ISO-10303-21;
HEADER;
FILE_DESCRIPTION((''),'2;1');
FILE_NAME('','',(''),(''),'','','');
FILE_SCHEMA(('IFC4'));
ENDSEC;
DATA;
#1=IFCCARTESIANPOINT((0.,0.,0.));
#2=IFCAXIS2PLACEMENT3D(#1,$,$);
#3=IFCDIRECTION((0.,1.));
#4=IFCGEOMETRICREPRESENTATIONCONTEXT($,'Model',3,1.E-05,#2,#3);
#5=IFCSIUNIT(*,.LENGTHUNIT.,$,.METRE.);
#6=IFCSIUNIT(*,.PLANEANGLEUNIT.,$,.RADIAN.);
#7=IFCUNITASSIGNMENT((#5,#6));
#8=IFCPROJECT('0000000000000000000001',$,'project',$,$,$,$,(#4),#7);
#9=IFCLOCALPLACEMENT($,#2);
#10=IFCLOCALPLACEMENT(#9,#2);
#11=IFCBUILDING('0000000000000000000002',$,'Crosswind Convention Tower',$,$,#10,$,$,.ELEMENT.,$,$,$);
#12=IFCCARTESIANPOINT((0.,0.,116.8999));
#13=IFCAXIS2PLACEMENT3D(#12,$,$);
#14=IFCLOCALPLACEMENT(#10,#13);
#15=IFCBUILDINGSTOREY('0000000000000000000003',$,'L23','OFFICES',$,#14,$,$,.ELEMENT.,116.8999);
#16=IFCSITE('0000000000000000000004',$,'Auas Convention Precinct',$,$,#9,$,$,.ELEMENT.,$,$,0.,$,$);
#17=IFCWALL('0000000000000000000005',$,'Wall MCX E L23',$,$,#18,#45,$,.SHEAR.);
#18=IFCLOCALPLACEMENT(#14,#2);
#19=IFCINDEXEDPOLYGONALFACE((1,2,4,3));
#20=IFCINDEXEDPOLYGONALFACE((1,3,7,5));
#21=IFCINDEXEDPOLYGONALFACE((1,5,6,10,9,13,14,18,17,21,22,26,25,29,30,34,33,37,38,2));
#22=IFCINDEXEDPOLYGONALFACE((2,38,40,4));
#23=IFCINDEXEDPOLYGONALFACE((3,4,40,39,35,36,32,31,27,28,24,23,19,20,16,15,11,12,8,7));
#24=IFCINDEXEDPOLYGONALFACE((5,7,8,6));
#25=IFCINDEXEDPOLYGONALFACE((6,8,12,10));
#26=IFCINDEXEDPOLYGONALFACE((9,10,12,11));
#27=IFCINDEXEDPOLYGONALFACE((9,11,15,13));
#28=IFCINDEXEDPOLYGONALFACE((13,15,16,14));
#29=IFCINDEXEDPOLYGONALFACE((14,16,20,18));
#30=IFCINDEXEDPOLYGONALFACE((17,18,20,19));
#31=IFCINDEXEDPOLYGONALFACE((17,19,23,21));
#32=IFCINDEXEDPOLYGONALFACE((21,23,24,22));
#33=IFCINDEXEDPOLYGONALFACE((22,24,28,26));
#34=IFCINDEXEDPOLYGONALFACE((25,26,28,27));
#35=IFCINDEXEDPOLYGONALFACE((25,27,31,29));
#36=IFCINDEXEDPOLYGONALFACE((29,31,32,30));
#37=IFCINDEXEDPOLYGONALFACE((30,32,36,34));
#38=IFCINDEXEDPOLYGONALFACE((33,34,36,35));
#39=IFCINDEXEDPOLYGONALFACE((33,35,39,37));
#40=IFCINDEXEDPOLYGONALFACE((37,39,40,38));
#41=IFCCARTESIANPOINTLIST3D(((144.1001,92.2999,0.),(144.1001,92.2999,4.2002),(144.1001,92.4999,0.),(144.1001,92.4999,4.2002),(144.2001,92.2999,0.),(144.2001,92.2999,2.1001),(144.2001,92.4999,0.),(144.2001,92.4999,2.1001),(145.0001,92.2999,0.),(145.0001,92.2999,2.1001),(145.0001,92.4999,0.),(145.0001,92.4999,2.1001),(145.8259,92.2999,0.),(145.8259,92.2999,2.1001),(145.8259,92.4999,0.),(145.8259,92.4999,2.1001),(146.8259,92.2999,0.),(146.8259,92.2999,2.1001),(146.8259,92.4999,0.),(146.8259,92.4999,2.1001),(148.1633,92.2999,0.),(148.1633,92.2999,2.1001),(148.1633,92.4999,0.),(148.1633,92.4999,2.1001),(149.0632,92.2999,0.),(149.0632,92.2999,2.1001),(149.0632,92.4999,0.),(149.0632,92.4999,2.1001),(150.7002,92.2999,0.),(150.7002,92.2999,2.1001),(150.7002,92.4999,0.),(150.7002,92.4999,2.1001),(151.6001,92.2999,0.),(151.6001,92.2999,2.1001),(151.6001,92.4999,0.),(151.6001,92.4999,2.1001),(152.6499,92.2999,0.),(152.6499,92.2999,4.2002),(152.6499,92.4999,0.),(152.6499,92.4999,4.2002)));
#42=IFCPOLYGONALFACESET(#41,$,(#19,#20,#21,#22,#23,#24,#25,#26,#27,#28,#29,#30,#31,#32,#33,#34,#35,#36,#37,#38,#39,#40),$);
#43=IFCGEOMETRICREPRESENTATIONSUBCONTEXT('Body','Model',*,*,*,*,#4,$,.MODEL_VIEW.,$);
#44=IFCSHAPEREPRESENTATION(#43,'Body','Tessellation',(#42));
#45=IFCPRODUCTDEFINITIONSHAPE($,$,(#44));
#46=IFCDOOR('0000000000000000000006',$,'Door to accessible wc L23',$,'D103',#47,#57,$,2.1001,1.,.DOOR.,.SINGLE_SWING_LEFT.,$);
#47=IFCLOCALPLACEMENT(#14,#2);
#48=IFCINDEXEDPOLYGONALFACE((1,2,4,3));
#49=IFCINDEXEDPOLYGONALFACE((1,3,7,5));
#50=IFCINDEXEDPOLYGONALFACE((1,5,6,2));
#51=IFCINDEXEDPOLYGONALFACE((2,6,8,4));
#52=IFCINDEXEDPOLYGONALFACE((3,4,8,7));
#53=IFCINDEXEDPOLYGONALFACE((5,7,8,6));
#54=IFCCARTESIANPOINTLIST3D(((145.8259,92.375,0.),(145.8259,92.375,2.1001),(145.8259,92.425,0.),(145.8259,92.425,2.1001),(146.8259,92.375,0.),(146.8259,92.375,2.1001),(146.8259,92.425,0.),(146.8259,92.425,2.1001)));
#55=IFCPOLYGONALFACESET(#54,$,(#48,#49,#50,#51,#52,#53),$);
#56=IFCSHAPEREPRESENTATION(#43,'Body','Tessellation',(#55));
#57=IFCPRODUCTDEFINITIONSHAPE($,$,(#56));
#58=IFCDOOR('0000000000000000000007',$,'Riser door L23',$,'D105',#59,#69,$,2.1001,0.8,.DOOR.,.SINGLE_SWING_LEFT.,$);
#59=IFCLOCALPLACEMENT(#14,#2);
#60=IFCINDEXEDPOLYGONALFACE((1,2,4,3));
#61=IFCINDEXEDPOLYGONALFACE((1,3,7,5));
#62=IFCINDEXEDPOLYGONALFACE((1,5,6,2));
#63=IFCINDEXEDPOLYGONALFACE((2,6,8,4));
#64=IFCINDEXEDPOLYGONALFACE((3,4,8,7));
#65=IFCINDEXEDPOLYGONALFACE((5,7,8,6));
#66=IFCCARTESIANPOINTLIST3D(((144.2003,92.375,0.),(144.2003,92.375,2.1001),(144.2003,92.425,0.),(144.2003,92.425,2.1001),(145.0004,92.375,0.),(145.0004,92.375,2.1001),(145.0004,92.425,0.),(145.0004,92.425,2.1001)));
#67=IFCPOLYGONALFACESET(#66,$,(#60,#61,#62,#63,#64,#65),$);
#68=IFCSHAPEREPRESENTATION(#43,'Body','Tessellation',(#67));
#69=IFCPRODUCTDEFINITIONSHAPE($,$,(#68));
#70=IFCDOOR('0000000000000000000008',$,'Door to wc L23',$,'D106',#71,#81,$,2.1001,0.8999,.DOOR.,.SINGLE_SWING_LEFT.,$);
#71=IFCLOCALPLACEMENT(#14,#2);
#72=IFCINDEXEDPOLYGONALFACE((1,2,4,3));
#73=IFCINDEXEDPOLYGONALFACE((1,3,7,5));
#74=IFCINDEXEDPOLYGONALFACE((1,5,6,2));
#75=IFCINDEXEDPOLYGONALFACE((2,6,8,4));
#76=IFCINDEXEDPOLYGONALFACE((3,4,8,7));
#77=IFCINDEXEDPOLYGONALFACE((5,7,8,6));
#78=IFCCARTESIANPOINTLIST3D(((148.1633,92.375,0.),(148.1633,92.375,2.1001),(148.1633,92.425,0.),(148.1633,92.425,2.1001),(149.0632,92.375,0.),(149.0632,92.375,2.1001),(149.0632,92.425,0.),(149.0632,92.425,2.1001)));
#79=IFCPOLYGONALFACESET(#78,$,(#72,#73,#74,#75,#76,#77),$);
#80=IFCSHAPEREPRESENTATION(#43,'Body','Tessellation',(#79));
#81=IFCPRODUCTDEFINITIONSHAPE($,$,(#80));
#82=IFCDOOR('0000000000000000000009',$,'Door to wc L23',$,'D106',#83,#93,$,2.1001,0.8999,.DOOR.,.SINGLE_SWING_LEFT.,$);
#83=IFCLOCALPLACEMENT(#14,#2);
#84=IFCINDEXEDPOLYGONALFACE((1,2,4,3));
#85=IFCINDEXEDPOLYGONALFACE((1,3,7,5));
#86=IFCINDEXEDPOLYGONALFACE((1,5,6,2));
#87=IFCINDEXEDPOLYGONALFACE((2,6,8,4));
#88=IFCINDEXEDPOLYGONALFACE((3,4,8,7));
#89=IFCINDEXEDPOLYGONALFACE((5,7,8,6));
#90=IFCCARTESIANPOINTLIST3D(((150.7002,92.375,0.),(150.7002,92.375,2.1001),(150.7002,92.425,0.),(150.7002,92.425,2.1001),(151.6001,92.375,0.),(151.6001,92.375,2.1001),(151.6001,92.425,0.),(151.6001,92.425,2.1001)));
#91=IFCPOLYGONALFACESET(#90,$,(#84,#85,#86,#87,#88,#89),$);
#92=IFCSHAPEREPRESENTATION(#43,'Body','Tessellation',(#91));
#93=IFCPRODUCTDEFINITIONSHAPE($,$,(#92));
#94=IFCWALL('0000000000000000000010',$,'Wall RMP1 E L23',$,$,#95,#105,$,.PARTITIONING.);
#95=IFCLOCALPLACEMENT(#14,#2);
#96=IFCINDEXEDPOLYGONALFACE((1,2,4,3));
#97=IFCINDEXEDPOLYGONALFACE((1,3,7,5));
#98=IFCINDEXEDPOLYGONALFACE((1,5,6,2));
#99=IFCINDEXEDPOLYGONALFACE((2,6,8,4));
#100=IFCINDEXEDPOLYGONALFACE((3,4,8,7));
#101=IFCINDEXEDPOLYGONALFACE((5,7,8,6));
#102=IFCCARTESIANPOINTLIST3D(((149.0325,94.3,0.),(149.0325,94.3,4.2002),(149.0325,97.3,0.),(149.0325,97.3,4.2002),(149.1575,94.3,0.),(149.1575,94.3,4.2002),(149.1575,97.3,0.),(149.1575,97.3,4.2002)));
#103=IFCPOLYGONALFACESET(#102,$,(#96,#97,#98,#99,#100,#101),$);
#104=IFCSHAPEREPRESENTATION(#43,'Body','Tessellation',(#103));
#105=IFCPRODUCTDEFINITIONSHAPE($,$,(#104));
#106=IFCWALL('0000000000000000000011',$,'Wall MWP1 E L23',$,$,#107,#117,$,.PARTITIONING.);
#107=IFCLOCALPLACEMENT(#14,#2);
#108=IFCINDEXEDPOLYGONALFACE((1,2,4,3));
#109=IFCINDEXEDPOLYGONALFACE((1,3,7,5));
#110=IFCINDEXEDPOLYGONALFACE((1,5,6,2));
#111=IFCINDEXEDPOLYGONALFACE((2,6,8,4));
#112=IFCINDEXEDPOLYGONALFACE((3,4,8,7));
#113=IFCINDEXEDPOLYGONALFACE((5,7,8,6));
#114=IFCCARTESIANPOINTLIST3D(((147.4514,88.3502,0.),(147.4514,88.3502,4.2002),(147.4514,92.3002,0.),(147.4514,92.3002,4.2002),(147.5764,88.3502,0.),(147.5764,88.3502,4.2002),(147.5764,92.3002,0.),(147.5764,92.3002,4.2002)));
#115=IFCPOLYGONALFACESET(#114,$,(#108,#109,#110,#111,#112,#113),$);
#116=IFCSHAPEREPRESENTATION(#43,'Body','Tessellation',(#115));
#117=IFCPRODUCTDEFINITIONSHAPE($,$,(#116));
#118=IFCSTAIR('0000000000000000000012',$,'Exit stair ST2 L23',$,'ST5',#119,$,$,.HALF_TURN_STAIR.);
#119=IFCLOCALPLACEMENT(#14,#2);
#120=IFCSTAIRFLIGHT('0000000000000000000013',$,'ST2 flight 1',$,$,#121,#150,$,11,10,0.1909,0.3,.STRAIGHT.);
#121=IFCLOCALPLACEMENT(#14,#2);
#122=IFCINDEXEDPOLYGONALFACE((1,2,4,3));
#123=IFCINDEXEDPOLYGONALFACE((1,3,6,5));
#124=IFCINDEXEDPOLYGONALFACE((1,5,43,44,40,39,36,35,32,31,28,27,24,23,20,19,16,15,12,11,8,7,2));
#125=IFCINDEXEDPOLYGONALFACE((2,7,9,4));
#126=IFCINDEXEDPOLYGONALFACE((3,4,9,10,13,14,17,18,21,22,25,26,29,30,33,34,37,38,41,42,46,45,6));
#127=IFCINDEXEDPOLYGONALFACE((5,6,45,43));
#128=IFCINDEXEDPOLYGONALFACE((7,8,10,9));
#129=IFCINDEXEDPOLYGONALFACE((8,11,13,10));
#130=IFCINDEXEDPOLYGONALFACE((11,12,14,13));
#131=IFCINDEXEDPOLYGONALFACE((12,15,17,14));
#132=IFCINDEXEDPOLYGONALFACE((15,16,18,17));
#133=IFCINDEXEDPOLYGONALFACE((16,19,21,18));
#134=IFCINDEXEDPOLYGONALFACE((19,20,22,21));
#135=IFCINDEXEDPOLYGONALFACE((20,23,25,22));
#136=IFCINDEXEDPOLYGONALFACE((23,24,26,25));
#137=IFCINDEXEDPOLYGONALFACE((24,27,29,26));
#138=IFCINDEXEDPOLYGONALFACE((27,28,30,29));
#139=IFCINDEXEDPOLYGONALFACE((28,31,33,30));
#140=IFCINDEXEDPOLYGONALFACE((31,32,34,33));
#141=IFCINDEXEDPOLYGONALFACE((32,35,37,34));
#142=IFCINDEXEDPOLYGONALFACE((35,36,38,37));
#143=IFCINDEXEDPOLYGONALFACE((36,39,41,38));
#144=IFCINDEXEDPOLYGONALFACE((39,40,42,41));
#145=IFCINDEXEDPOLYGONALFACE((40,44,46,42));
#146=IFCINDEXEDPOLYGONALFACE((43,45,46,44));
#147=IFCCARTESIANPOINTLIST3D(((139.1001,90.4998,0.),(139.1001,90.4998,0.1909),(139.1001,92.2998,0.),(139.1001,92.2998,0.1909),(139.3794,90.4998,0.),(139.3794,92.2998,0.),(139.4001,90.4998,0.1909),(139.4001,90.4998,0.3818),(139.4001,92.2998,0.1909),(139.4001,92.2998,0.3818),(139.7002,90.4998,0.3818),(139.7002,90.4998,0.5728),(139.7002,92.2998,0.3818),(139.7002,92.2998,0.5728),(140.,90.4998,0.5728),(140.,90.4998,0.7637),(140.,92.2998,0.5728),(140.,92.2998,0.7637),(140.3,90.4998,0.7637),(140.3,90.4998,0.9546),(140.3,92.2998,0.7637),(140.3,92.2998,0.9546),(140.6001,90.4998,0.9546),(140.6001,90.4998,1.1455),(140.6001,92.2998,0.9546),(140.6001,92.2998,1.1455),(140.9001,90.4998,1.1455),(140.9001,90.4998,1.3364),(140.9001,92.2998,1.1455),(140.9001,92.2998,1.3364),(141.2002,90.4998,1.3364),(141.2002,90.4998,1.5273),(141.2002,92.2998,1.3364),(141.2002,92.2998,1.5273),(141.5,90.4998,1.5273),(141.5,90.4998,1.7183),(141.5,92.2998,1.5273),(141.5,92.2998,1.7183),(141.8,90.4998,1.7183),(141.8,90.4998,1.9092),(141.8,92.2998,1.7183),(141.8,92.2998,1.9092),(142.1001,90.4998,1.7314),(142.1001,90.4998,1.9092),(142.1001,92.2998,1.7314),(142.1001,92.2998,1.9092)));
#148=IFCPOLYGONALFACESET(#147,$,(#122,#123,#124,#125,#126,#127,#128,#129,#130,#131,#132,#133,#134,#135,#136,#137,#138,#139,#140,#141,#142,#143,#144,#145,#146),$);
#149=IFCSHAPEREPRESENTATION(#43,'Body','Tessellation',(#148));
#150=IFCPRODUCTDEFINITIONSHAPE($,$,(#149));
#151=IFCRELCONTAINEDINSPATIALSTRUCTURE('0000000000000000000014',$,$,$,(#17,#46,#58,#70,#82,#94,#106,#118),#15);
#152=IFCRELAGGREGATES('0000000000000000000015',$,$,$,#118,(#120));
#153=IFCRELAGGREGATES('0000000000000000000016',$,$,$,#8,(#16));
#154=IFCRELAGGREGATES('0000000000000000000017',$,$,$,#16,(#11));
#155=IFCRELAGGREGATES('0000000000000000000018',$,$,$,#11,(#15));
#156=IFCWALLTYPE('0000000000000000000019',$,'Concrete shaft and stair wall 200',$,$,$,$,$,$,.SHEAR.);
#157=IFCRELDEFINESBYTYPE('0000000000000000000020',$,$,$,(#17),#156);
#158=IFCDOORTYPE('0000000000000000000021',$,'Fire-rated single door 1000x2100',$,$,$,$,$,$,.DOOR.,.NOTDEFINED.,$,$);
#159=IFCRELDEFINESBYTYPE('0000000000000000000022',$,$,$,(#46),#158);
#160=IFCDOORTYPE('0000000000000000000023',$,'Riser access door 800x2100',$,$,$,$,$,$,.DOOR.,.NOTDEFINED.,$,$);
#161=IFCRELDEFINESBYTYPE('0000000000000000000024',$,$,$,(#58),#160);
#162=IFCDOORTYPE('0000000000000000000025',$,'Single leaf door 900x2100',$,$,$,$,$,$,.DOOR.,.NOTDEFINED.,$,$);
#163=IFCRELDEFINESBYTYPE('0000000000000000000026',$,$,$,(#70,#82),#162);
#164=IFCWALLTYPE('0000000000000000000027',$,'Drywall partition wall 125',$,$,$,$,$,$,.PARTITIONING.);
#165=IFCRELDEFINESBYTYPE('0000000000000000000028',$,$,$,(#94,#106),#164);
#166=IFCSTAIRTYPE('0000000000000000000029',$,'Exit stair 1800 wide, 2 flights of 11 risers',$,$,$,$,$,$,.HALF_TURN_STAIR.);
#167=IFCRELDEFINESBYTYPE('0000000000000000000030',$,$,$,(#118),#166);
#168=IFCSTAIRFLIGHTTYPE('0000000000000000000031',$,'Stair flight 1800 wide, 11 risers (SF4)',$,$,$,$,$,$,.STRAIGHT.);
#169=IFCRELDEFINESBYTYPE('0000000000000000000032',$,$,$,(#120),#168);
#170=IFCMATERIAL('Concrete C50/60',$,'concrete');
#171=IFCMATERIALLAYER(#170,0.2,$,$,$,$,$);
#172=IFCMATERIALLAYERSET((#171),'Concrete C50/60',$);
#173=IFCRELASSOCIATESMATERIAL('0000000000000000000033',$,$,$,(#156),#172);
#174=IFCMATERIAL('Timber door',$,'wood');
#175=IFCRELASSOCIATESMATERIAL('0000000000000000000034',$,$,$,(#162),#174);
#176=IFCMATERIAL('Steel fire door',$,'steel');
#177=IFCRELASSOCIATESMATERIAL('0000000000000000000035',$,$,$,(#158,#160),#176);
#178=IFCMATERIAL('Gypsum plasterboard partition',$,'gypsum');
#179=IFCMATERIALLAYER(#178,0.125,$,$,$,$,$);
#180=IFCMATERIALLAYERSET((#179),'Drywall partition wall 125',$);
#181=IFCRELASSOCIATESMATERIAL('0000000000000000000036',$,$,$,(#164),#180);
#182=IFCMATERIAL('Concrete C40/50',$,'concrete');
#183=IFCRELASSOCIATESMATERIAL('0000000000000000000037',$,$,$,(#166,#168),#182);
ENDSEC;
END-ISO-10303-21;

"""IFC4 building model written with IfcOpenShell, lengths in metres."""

from ifc_helpers import new_model, si_unit, direction, frame, frame_2d, origin, place, context, subcontext, project, spatial, polyline, rectangle, outline, extrude, material, layer, layer_set, type_object, element, fill, aggregate, save


model = new_model("IFC4")

# Units and contexts
model_context = context("Model", 3, precision=1e-05, world=origin(), true_north=direction((0.0, 1.0)))
body_context = subcontext(model_context, "Body", "Model", "MODEL_VIEW")
ifc_project = project(units=[si_unit("LENGTHUNIT", "METRE"), si_unit("PLANEANGLEUNIT", "RADIAN")], contexts=[model_context])

# Site, building, storey
site_placement = place(None, origin())
site = spatial("IfcSite", under=ifc_project, at=site_placement, Name="Auas Convention Precinct", CompositionType="ELEMENT", RefElevation=0.0)
building_placement = place(site_placement, origin())
building = spatial("IfcBuilding", under=site, at=building_placement, Name="Crosswind Convention Tower", CompositionType="ELEMENT")
storey_placement = place(building_placement, frame((0.0, 0.0, 116.8999)))
storey = spatial("IfcBuildingStorey", under=building, at=storey_placement, Name="L23", Description="OFFICES", CompositionType="ELEMENT", Elevation=116.8999)

# Shared definitions
ifc_material_1 = material(Name="Concrete C50/60", Category="concrete")
ifc_layer_1 = layer(ifc_material_1, 0.2)
ifc_layer_set_1 = layer_set([ifc_layer_1], Name="Concrete C50/60")
wall_type_1 = type_object("IfcWallType", Name="Concrete shaft and stair wall 200", PredefinedType="SHEAR", material=ifc_layer_set_1)

# Shared definitions
ifc_material_2 = material(Name="Timber door", Category="wood")
door_type_1 = type_object("IfcDoorType", Name="Single leaf door 900x2100", OperationType="NOTDEFINED", PredefinedType="DOOR", material=ifc_material_2)

# Wall, openings, doors
wall_1_placement = place(storey_placement, frame((144.1001, 92.3999, 0.0), z_axis=(0.0, 0.0, 1.0), x_axis=(1.0, 0.0, 0.0)))
wall_1 = element("IfcWall", 1, at=wall_1_placement, inside=storey, type_object=wall_type_1, Name="Wall MCX E L23", PredefinedType="SHEAR", context=body_context, shape_type="SweptSolid", body=[
    extrude(rectangle(XDim=8.5498, YDim=0.2, at=frame_2d((4.2749, 0.0))), origin(), (0.0, 0.0, 1.0), 4.2002),
])
opening_1_placement = place(wall_1_placement, frame((0.1001, 0.0, 0.0)))
opening_1 = element("IfcOpeningElement", 2, at=opening_1_placement, cuts=wall_1, PredefinedType="OPENING", context=body_context, shape_type="SweptSolid", body=[
    extrude(rectangle(XDim=0.8, YDim=2.1001, at=frame_2d((0.3999, 1.05))), frame((0.0, 0.1099, 0.0), z_axis=(0.0, -1.0, 0.0), x_axis=(1.0, 0.0, 0.0)), (0.0, 0.0, 1.0), 0.22),
])
opening_2_placement = place(wall_1_placement, frame((1.7258, 0.0, 0.0)))
opening_2 = element("IfcOpeningElement", 3, at=opening_2_placement, cuts=wall_1, PredefinedType="OPENING", context=body_context, shape_type="SweptSolid", body=[
    extrude(rectangle(XDim=1.0, YDim=2.1001, at=frame_2d((0.5, 1.05))), frame((0.0, 0.1099, 0.0), z_axis=(0.0, -1.0, 0.0), x_axis=(1.0, 0.0, 0.0)), (0.0, 0.0, 1.0), 0.22),
])
opening_3_placement = place(wall_1_placement, frame((4.0632, 0.0, 0.0)))
opening_3 = element("IfcOpeningElement", 4, at=opening_3_placement, cuts=wall_1, PredefinedType="OPENING", context=body_context, shape_type="SweptSolid", body=[
    extrude(rectangle(XDim=0.8999, YDim=2.1001, at=frame_2d((0.45, 1.05))), frame((0.0, 0.1099, 0.0), z_axis=(0.0, -1.0, 0.0), x_axis=(1.0, 0.0, 0.0)), (0.0, 0.0, 1.0), 0.22),
])
opening_4_placement = place(wall_1_placement, frame((6.6001, 0.0, 0.0)))
opening_4 = element("IfcOpeningElement", 5, at=opening_4_placement, cuts=wall_1, PredefinedType="OPENING", context=body_context, shape_type="SweptSolid", body=[
    extrude(rectangle(XDim=0.8999, YDim=2.1001, at=frame_2d((0.45, 1.05))), frame((0.0, 0.1099, 0.0), z_axis=(0.0, -1.0, 0.0), x_axis=(1.0, 0.0, 0.0)), (0.0, 0.0, 1.0), 0.22),
])
ifc_material_3 = material(Name="Steel fire door", Category="steel")
door_type_2 = type_object("IfcDoorType", Name="Fire-rated single door 1000x2100", OperationType="NOTDEFINED", PredefinedType="DOOR", material=ifc_material_3)
door_1_placement = place(opening_2_placement, frame((1.0, 0.0, 0.0), z_axis=(0.0, 0.0, 1.0), x_axis=(-1.0, 0.0, 0.0)))
door_1 = element("IfcDoor", 6, at=door_1_placement, inside=storey, type_object=door_type_2, Name="Door to accessible wc L23", ObjectType="D103", OperationType="SINGLE_SWING_LEFT", OverallHeight=2.1001, OverallWidth=1.0, PredefinedType="DOOR", context=body_context, shape_type="SweptSolid", body=[
    extrude(rectangle(XDim=1.0, YDim=2.1001, at=frame_2d((0.5, 1.05))), frame((0.0, 0.0249, 0.0), z_axis=(0.0, -1.0, 0.0), x_axis=(1.0, 0.0, 0.0)), (0.0, 0.0, 1.0), 0.05),
])
fill(opening_2, door_1)
door_type_3 = type_object("IfcDoorType", Name="Riser access door 800x2100", OperationType="NOTDEFINED", PredefinedType="DOOR", material=ifc_material_3)
door_2_placement = place(opening_1_placement, frame((0.8, 0.0, 0.0), z_axis=(0.0, 0.0, 1.0), x_axis=(-1.0, 0.0, 0.0)))
door_2 = element("IfcDoor", 7, at=door_2_placement, inside=storey, type_object=door_type_3, Name="Riser door L23", ObjectType="D105", OperationType="SINGLE_SWING_LEFT", OverallHeight=2.1001, OverallWidth=0.8, PredefinedType="DOOR", context=body_context, shape_type="SweptSolid", body=[
    extrude(rectangle(XDim=0.8, YDim=2.1001, at=frame_2d((0.3999, 1.05))), frame((0.0, 0.0249, 0.0), z_axis=(0.0, -1.0, 0.0), x_axis=(1.0, 0.0, 0.0)), (0.0, 0.0, 1.0), 0.05),
])
fill(opening_1, door_2)
door_3_placement = place(opening_3_placement, frame((0.8999, 0.0, 0.0), z_axis=(0.0, 0.0, 1.0), x_axis=(-1.0, 0.0, 0.0)))
door_3 = element("IfcDoor", 8, at=door_3_placement, inside=storey, type_object=door_type_1, Name="Door to wc L23", ObjectType="D106", OperationType="SINGLE_SWING_LEFT", OverallHeight=2.1001, OverallWidth=0.8999, PredefinedType="DOOR", context=body_context, shape_type="SweptSolid", body=[
    extrude(rectangle(XDim=0.8999, YDim=2.1001, at=frame_2d((0.45, 1.05))), frame((0.0, 0.0249, 0.0), z_axis=(0.0, -1.0, 0.0), x_axis=(1.0, 0.0, 0.0)), (0.0, 0.0, 1.0), 0.05),
])
fill(opening_3, door_3)
door_4_placement = place(opening_4_placement, frame((0.8999, 0.0, 0.0), z_axis=(0.0, 0.0, 1.0), x_axis=(-1.0, 0.0, 0.0)))
door_4 = element("IfcDoor", 9, at=door_4_placement, inside=storey, type_object=door_type_1, Name="Door to wc L23", ObjectType="D106", OperationType="SINGLE_SWING_LEFT", OverallHeight=2.1001, OverallWidth=0.8999, PredefinedType="DOOR", context=body_context, shape_type="SweptSolid", body=[
    extrude(rectangle(XDim=0.8999, YDim=2.1001, at=frame_2d((0.45, 1.05))), frame((0.0, 0.0249, 0.0), z_axis=(0.0, -1.0, 0.0), x_axis=(1.0, 0.0, 0.0)), (0.0, 0.0, 1.0), 0.05),
])
fill(opening_4, door_4)

# Walls
ifc_material_4 = material(Name="Gypsum plasterboard partition", Category="gypsum")
ifc_layer_2 = layer(ifc_material_4, 0.125)
ifc_layer_set_2 = layer_set([ifc_layer_2], Name="Drywall partition wall 125")
wall_type_2 = type_object("IfcWallType", Name="Drywall partition wall 125", PredefinedType="PARTITIONING", material=ifc_layer_set_2)
wall_2_placement = place(storey_placement, frame((149.095, 94.3, 0.0), z_axis=(0.0, 0.0, 1.0), x_axis=(0.0, 1.0, 0.0)))
element("IfcWall", 10, at=wall_2_placement, inside=storey, type_object=wall_type_2, Name="Wall RMP1 E L23", PredefinedType="PARTITIONING", context=body_context, shape_type="SweptSolid", body=[
    extrude(rectangle(XDim=3.0, YDim=0.125, at=frame_2d((1.5, 0.0))), origin(), (0.0, 0.0, 1.0), 4.2002),
])
wall_3_placement = place(storey_placement, frame((147.5139, 88.3501, 0.0), z_axis=(0.0, 0.0, 1.0), x_axis=(0.0, 1.0, 0.0)))
element("IfcWall", 11, at=wall_3_placement, inside=storey, type_object=wall_type_2, Name="Wall MWP1 E L23", PredefinedType="PARTITIONING", context=body_context, shape_type="SweptSolid", body=[
    extrude(rectangle(XDim=3.95, YDim=0.125, at=frame_2d((1.9751, 0.0))), origin(), (0.0, 0.0, 1.0), 4.2002),
])

# Stair, stair flight
ifc_material_5 = material(Name="Concrete C40/50", Category="concrete")
stair_type = type_object("IfcStairType", Name="Exit stair 1800 wide, 2 flights of 11 risers", PredefinedType="HALF_TURN_STAIR", material=ifc_material_5)
stair_placement = place(storey_placement, origin())
stair = element("IfcStair", 12, at=stair_placement, inside=storey, type_object=stair_type, Name="Exit stair ST2 L23", ObjectType="ST5", PredefinedType="HALF_TURN_STAIR")
stair_flight_type = type_object("IfcStairFlightType", Name="Stair flight 1800 wide, 11 risers (SF4)", PredefinedType="STRAIGHT", material=ifc_material_5)
stair_flight_1_placement = place(storey_placement, frame((139.1001, 91.3999, 0.0), z_axis=(0.0, 0.0, 1.0), x_axis=(1.0, 0.0, 0.0)))
stair_flight_1 = element("IfcStairFlight", 13, at=stair_flight_1_placement, type_object=stair_flight_type, Name="ST2 flight 1", NumberOfRisers=11, NumberOfTreads=10, PredefinedType="STRAIGHT", RiserHeight=0.1909, TreadLength=0.3, context=body_context, shape_type="SweptSolid", body=[
    extrude(outline(polyline([(0.0, 0.0), (0.0, 0.1909), (0.3, 0.1909), (0.3, 0.3818), (0.6001, 0.3818), (0.6001, 0.5728), (0.8999, 0.5728), (0.8999, 0.7637), (1.2, 0.7637), (1.2, 0.9546), (1.5, 0.9546), (1.5, 1.1455), (1.8, 1.1455), (1.8, 1.3364), (2.1001, 1.3364), (2.1001, 1.5273), (2.3999, 1.5273), (2.3999, 1.7183), (2.7, 1.7183), (2.7, 1.9092), (3.0, 1.9092), (3.0, 2.1001), (3.0, 1.7314), (0.2793, 0.0), (0.0, 0.0)])), frame((0.0, 0.8999, 0.0), z_axis=(0.0, -1.0, 0.0), x_axis=(1.0, 0.0, 0.0)), (0.0, 0.0, 1.0), 1.8),
])
aggregate(stair, [stair_flight_1])

save(model, "model.ifc")
